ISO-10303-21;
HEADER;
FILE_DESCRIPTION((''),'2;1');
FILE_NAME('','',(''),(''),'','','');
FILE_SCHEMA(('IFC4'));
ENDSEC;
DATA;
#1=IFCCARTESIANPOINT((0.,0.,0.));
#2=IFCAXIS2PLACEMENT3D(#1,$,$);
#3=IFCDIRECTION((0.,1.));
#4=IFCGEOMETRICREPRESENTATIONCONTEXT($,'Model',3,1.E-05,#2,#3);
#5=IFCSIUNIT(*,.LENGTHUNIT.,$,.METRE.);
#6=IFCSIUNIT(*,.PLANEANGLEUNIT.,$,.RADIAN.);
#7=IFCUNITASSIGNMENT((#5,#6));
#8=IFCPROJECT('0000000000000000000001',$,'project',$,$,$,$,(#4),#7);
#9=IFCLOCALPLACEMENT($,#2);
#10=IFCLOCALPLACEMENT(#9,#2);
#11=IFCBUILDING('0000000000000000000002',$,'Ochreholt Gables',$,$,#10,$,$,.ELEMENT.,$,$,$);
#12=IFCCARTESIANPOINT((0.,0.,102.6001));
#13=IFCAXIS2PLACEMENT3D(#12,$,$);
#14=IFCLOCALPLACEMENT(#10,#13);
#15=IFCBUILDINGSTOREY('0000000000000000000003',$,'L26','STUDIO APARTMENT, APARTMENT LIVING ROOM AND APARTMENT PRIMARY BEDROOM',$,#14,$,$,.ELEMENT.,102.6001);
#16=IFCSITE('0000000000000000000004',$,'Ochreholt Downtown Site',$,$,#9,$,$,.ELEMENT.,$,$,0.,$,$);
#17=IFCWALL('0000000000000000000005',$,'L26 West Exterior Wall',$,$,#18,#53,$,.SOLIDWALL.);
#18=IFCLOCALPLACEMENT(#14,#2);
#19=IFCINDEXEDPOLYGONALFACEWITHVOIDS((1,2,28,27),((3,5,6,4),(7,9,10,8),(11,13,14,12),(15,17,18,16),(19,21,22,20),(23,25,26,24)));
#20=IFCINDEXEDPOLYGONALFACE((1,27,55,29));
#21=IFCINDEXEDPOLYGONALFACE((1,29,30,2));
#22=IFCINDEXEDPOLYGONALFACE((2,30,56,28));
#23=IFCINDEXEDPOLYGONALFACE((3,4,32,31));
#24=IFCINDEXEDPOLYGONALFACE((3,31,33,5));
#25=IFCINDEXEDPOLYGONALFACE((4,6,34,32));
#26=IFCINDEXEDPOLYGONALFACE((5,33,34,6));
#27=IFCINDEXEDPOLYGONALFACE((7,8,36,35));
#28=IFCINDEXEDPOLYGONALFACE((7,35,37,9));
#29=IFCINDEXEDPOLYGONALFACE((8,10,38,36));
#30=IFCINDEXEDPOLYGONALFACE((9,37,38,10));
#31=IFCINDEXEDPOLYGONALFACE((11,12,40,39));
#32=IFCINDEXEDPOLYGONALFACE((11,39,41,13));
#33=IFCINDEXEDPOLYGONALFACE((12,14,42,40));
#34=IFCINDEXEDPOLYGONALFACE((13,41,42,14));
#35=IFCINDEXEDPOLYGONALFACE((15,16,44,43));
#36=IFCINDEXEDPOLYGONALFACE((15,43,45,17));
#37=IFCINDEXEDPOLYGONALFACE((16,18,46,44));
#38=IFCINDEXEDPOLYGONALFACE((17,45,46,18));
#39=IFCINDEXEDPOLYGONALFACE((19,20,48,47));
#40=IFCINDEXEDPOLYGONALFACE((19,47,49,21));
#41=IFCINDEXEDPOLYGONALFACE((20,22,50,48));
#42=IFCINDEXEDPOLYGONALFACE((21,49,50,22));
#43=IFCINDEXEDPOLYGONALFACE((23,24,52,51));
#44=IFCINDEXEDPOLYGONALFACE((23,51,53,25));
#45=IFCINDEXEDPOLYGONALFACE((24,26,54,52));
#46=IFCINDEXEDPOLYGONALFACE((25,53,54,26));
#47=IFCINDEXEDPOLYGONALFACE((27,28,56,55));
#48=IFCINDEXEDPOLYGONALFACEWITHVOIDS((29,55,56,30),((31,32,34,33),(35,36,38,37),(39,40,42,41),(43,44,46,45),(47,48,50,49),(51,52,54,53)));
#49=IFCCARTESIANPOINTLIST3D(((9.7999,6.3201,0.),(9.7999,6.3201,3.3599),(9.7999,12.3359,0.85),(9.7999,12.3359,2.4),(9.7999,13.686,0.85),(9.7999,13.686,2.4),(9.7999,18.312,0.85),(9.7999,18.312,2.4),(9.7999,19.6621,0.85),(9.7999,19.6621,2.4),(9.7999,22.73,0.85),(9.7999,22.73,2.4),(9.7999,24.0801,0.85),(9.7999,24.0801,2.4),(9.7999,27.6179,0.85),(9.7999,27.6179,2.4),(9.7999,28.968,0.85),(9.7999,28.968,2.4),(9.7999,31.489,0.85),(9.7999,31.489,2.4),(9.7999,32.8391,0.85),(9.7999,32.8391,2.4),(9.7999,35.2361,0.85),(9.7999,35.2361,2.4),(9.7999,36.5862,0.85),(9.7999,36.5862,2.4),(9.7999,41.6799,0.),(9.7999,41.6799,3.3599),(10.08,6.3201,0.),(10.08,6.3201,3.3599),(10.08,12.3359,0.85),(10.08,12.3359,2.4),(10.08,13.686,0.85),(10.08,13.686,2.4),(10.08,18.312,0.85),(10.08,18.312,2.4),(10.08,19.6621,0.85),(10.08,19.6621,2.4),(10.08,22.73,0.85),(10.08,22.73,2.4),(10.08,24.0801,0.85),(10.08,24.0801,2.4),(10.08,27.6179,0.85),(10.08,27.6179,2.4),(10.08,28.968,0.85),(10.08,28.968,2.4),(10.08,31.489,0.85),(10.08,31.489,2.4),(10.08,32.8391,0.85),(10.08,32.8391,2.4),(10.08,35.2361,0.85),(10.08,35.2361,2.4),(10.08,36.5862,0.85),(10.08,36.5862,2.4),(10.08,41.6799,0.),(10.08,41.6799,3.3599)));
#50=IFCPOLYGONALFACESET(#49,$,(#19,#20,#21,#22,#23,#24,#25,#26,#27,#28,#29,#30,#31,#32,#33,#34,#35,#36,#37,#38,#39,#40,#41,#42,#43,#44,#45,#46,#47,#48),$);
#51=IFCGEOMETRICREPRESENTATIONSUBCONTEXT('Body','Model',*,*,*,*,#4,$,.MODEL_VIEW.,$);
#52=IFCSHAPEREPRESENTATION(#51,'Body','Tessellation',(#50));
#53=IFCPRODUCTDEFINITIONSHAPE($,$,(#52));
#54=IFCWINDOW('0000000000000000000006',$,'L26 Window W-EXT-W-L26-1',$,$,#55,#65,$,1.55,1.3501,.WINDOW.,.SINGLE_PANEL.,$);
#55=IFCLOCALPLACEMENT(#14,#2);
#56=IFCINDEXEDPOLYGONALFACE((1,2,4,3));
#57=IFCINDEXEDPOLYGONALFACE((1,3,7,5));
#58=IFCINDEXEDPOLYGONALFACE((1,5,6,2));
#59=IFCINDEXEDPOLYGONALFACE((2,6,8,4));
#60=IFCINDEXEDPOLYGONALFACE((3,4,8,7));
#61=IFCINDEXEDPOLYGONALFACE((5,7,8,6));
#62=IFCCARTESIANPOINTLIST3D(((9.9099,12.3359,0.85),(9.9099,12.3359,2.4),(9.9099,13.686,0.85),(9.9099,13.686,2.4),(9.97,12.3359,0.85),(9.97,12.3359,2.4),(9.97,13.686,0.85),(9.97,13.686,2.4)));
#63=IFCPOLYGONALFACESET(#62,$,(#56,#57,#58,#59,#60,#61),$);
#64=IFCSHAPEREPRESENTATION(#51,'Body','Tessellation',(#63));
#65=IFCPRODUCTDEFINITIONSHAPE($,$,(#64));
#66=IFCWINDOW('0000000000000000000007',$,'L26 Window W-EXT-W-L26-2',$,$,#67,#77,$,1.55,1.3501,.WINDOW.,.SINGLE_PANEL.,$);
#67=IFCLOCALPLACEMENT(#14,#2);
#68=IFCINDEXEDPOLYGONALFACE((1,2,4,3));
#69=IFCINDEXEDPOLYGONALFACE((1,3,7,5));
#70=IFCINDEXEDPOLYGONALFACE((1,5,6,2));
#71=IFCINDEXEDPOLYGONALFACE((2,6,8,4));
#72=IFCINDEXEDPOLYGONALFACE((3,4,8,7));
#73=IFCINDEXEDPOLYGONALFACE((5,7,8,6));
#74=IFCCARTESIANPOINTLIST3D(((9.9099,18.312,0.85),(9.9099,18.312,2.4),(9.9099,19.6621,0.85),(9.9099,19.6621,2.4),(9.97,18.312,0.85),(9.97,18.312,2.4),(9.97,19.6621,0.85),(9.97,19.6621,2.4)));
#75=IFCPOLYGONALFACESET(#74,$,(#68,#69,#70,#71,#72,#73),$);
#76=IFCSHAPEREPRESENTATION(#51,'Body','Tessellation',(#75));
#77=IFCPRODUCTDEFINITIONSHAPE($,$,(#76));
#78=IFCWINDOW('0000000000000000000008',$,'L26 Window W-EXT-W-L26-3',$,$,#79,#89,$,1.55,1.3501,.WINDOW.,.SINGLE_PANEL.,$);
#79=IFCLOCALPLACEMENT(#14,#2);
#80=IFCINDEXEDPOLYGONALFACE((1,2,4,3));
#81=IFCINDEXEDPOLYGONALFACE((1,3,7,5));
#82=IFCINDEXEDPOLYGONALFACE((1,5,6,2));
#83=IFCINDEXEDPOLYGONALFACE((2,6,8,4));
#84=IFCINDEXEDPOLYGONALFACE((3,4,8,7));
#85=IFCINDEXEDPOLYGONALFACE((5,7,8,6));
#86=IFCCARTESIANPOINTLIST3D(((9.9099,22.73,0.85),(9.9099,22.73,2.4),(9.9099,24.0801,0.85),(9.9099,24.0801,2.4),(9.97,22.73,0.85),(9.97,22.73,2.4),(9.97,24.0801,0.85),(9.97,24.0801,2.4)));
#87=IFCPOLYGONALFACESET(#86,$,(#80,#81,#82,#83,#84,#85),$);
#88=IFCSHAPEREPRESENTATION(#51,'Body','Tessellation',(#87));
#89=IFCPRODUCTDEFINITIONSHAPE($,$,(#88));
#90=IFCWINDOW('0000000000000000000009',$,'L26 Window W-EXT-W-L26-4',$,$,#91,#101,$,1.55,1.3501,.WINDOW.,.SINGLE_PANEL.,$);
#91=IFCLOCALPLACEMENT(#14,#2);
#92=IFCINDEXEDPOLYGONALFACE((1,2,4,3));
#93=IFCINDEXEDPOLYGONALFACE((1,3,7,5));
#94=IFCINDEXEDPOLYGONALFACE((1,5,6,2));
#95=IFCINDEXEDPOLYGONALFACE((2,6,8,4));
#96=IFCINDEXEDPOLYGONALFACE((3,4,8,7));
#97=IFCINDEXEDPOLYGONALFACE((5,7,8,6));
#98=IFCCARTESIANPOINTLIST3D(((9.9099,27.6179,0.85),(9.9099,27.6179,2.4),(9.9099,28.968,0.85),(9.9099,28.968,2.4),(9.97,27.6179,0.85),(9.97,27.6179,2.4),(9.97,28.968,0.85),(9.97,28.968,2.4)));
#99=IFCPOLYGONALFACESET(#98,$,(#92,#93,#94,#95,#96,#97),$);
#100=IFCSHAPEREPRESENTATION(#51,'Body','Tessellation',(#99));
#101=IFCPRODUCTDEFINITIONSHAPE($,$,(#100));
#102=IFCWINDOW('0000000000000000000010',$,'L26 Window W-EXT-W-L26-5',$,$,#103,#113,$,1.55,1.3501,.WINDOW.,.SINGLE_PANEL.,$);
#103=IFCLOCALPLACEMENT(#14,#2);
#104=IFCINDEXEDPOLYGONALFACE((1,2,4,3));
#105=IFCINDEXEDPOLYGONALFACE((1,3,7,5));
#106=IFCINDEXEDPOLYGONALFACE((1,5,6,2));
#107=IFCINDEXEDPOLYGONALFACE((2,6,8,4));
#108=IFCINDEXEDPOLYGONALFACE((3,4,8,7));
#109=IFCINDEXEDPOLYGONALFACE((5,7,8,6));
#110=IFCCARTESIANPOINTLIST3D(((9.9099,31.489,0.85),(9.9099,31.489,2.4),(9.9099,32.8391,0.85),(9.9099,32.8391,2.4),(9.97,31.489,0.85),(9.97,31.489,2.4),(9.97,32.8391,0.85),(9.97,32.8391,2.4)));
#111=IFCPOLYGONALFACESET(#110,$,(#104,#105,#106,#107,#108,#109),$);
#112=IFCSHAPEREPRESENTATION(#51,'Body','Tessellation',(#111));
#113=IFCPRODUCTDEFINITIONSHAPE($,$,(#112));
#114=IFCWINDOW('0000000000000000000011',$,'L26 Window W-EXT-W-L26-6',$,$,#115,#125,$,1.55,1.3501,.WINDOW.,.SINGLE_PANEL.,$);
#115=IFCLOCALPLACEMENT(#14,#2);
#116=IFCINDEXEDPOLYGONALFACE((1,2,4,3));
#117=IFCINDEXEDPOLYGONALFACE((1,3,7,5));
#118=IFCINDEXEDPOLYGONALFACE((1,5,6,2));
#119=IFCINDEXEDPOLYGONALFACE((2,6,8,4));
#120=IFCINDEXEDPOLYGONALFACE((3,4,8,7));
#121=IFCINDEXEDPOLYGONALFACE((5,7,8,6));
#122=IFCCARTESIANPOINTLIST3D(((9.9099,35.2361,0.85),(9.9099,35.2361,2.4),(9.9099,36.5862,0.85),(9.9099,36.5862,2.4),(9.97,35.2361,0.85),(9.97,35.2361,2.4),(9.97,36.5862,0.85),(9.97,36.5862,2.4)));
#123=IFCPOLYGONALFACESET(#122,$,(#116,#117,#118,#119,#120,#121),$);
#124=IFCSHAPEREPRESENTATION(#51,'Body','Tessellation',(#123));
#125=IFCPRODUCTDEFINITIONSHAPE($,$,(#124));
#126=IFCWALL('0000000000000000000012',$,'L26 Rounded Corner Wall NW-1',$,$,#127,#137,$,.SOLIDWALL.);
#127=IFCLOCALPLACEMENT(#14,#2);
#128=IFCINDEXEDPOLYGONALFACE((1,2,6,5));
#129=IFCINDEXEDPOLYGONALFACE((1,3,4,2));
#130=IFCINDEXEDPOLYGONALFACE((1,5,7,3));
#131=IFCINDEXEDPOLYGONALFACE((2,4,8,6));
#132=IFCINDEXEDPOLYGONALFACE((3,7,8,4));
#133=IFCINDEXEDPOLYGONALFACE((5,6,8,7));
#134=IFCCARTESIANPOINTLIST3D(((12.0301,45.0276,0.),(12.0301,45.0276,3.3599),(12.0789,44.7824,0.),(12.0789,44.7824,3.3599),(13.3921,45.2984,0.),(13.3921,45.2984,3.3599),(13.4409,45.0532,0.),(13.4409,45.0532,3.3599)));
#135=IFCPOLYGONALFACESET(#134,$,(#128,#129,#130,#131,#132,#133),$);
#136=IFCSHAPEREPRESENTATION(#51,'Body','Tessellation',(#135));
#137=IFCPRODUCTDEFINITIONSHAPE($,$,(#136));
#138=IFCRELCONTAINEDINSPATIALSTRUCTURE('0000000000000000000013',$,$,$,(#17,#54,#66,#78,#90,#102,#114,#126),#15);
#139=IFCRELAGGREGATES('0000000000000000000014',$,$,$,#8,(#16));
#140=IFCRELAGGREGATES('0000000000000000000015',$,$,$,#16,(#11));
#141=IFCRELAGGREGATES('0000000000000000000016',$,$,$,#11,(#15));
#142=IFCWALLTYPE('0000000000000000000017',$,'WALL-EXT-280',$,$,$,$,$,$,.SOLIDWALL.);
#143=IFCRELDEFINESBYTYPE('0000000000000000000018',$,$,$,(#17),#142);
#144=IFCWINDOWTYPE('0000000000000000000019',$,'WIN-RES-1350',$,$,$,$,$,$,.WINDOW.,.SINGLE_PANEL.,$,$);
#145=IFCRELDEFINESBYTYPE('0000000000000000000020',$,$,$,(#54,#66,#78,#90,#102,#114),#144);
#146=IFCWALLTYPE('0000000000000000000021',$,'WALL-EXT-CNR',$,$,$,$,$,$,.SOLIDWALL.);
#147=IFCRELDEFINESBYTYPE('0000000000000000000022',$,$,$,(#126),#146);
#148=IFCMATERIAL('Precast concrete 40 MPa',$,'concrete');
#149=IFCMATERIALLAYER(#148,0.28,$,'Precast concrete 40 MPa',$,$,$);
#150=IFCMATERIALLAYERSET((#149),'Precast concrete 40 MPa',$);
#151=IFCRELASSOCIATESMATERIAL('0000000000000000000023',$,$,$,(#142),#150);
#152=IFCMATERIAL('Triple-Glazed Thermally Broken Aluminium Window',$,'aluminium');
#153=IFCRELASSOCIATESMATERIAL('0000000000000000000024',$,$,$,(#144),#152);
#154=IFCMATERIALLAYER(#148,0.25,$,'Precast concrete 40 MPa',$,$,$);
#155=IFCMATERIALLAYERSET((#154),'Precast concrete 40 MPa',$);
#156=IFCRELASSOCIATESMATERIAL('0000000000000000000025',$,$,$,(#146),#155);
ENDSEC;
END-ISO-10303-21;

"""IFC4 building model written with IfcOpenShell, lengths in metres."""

from ifc_helpers import new_model, si_unit, direction, frame, frame_2d, origin, place, context, subcontext, project, spatial, rectangle, extrude, material, layer, layer_set, type_object, element, fill, save


model = new_model("IFC4")

# Units and contexts
model_context = context("Model", 3, precision=1e-05, world=origin(), true_north=direction((0.0, 1.0)))
body_context = subcontext(model_context, "Body", "Model", "MODEL_VIEW")
ifc_project = project(units=[si_unit("LENGTHUNIT", "METRE"), si_unit("PLANEANGLEUNIT", "RADIAN")], contexts=[model_context])

# Site, building, storey
site_placement = place(None, origin())
site = spatial("IfcSite", under=ifc_project, at=site_placement, Name="Ochreholt Downtown Site", CompositionType="ELEMENT", RefElevation=0.0)
building_placement = place(site_placement, origin())
building = spatial("IfcBuilding", under=site, at=building_placement, Name="Ochreholt Gables", CompositionType="ELEMENT")
storey_placement = place(building_placement, frame((0.0, 0.0, 102.6001)))
storey = spatial("IfcBuildingStorey", under=building, at=storey_placement, Name="L26", Description="STUDIO APARTMENT, APARTMENT LIVING ROOM AND APARTMENT PRIMARY BEDROOM", CompositionType="ELEMENT", Elevation=102.6001)

# Wall, openings, windows
ifc_material_1 = material(Name="Precast concrete 40 MPa", Category="concrete")
ifc_layer_1 = layer(ifc_material_1, 0.28, Name="Precast concrete 40 MPa")
ifc_layer_set_1 = layer_set([ifc_layer_1], Name="Precast concrete 40 MPa")
wall_type_1 = type_object("IfcWallType", Name="WALL-EXT-280", PredefinedType="SOLIDWALL", material=ifc_layer_set_1)
wall_1_placement = place(storey_placement, frame((9.9399, 41.6799, 0.0), z_axis=(0.0, 0.0, 1.0), x_axis=(0.0, -1.0, 0.0)))
wall_1 = element("IfcWall", 1, at=wall_1_placement, inside=storey, type_object=wall_type_1, Name="L26 West Exterior Wall", PredefinedType="SOLIDWALL", context=body_context, shape_type="SweptSolid", body=[
    extrude(rectangle(XDim=35.3599, YDim=0.28, at=frame_2d((17.6799, 0.0))), origin(), (0.0, 0.0, 1.0), 3.3599),
])
opening_1_placement = place(wall_1_placement, frame((27.9939, 0.0, 0.8501)))
opening_1 = element("IfcOpeningElement", 2, at=opening_1_placement, cuts=wall_1, PredefinedType="OPENING", context=body_context, shape_type="SweptSolid", body=[
    extrude(rectangle(XDim=1.3501, YDim=1.55, at=frame_2d((0.675, 0.7749))), frame((0.0, 0.1499, 0.0), z_axis=(0.0, -1.0, 0.0), x_axis=(1.0, 0.0, 0.0)), (0.0, 0.0, 1.0), 0.3),
])
opening_2_placement = place(wall_1_placement, frame((22.0178, 0.0, 0.8501)))
opening_2 = element("IfcOpeningElement", 3, at=opening_2_placement, cuts=wall_1, PredefinedType="OPENING", context=body_context, shape_type="SweptSolid", body=[
    extrude(rectangle(XDim=1.3501, YDim=1.55, at=frame_2d((0.675, 0.7749))), frame((0.0, 0.1499, 0.0), z_axis=(0.0, -1.0, 0.0), x_axis=(1.0, 0.0, 0.0)), (0.0, 0.0, 1.0), 0.3),
])
opening_3_placement = place(wall_1_placement, frame((17.5999, 0.0, 0.8501)))
opening_3 = element("IfcOpeningElement", 4, at=opening_3_placement, cuts=wall_1, PredefinedType="OPENING", context=body_context, shape_type="SweptSolid", body=[
    extrude(rectangle(XDim=1.3501, YDim=1.55, at=frame_2d((0.675, 0.7749))), frame((0.0, 0.1499, 0.0), z_axis=(0.0, -1.0, 0.0), x_axis=(1.0, 0.0, 0.0)), (0.0, 0.0, 1.0), 0.3),
])
opening_4_placement = place(wall_1_placement, frame((12.7119, 0.0, 0.8501)))
opening_4 = element("IfcOpeningElement", 5, at=opening_4_placement, cuts=wall_1, PredefinedType="OPENING", context=body_context, shape_type="SweptSolid", body=[
    extrude(rectangle(XDim=1.3501, YDim=1.55, at=frame_2d((0.675, 0.7749))), frame((0.0, 0.1499, 0.0), z_axis=(0.0, -1.0, 0.0), x_axis=(1.0, 0.0, 0.0)), (0.0, 0.0, 1.0), 0.3),
])
opening_5_placement = place(wall_1_placement, frame((8.8408, 0.0, 0.8501)))
opening_5 = element("IfcOpeningElement", 6, at=opening_5_placement, cuts=wall_1, PredefinedType="OPENING", context=body_context, shape_type="SweptSolid", body=[
    extrude(rectangle(XDim=1.3501, YDim=1.55, at=frame_2d((0.675, 0.7749))), frame((0.0, 0.1499, 0.0), z_axis=(0.0, -1.0, 0.0), x_axis=(1.0, 0.0, 0.0)), (0.0, 0.0, 1.0), 0.3),
])
opening_6_placement = place(wall_1_placement, frame((5.0938, 0.0, 0.8501)))
opening_6 = element("IfcOpeningElement", 7, at=opening_6_placement, cuts=wall_1, PredefinedType="OPENING", context=body_context, shape_type="SweptSolid", body=[
    extrude(rectangle(XDim=1.3501, YDim=1.55, at=frame_2d((0.675, 0.7749))), frame((0.0, 0.1499, 0.0), z_axis=(0.0, -1.0, 0.0), x_axis=(1.0, 0.0, 0.0)), (0.0, 0.0, 1.0), 0.3),
])
ifc_material_2 = material(Name="Triple-Glazed Thermally Broken Aluminium Window", Category="aluminium")
window_type_1 = type_object("IfcWindowType", Name="WIN-RES-1350", PartitioningType="SINGLE_PANEL", PredefinedType="WINDOW", material=ifc_material_2)
window_1_placement = place(opening_1_placement, origin())
window_1 = element("IfcWindow", 8, at=window_1_placement, inside=storey, type_object=window_type_1, Name="L26 Window W-EXT-W-L26-1", OverallHeight=1.55, OverallWidth=1.3501, PartitioningType="SINGLE_PANEL", PredefinedType="WINDOW", context=body_context, shape_type="SweptSolid", body=[
    extrude(rectangle(XDim=1.3501, YDim=1.55, at=frame_2d((0.675, 0.7749))), frame((0.0, 0.03, 0.0), z_axis=(0.0, -1.0, 0.0), x_axis=(1.0, 0.0, 0.0)), (0.0, 0.0, 1.0), 0.0601),
])
fill(opening_1, window_1)
window_2_placement = place(opening_2_placement, origin())
window_2 = element("IfcWindow", 9, at=window_2_placement, inside=storey, type_object=window_type_1, Name="L26 Window W-EXT-W-L26-2", OverallHeight=1.55, OverallWidth=1.3501, PartitioningType="SINGLE_PANEL", PredefinedType="WINDOW", context=body_context, shape_type="SweptSolid", body=[
    extrude(rectangle(XDim=1.3501, YDim=1.55, at=frame_2d((0.675, 0.7749))), frame((0.0, 0.03, 0.0), z_axis=(0.0, -1.0, 0.0), x_axis=(1.0, 0.0, 0.0)), (0.0, 0.0, 1.0), 0.0601),
])
fill(opening_2, window_2)
window_3_placement = place(opening_3_placement, origin())
window_3 = element("IfcWindow", 10, at=window_3_placement, inside=storey, type_object=window_type_1, Name="L26 Window W-EXT-W-L26-3", OverallHeight=1.55, OverallWidth=1.3501, PartitioningType="SINGLE_PANEL", PredefinedType="WINDOW", context=body_context, shape_type="SweptSolid", body=[
    extrude(rectangle(XDim=1.3501, YDim=1.55, at=frame_2d((0.675, 0.7749))), frame((0.0, 0.03, 0.0), z_axis=(0.0, -1.0, 0.0), x_axis=(1.0, 0.0, 0.0)), (0.0, 0.0, 1.0), 0.0601),
])
fill(opening_3, window_3)
window_4_placement = place(opening_4_placement, origin())
window_4 = element("IfcWindow", 11, at=window_4_placement, inside=storey, type_object=window_type_1, Name="L26 Window W-EXT-W-L26-4", OverallHeight=1.55, OverallWidth=1.3501, PartitioningType="SINGLE_PANEL", PredefinedType="WINDOW", context=body_context, shape_type="SweptSolid", body=[
    extrude(rectangle(XDim=1.3501, YDim=1.55, at=frame_2d((0.675, 0.7749))), frame((0.0, 0.03, 0.0), z_axis=(0.0, -1.0, 0.0), x_axis=(1.0, 0.0, 0.0)), (0.0, 0.0, 1.0), 0.0601),
])
fill(opening_4, window_4)
window_5_placement = place(opening_5_placement, origin())
window_5 = element("IfcWindow", 12, at=window_5_placement, inside=storey, type_object=window_type_1, Name="L26 Window W-EXT-W-L26-5", OverallHeight=1.55, OverallWidth=1.3501, PartitioningType="SINGLE_PANEL", PredefinedType="WINDOW", context=body_context, shape_type="SweptSolid", body=[
    extrude(rectangle(XDim=1.3501, YDim=1.55, at=frame_2d((0.675, 0.7749))), frame((0.0, 0.03, 0.0), z_axis=(0.0, -1.0, 0.0), x_axis=(1.0, 0.0, 0.0)), (0.0, 0.0, 1.0), 0.0601),
])
fill(opening_5, window_5)
window_6_placement = place(opening_6_placement, origin())
window_6 = element("IfcWindow", 13, at=window_6_placement, inside=storey, type_object=window_type_1, Name="L26 Window W-EXT-W-L26-6", OverallHeight=1.55, OverallWidth=1.3501, PartitioningType="SINGLE_PANEL", PredefinedType="WINDOW", context=body_context, shape_type="SweptSolid", body=[
    extrude(rectangle(XDim=1.3501, YDim=1.55, at=frame_2d((0.675, 0.7749))), frame((0.0, 0.03, 0.0), z_axis=(0.0, -1.0, 0.0), x_axis=(1.0, 0.0, 0.0)), (0.0, 0.0, 1.0), 0.0601),
])
fill(opening_6, window_6)

# Wall
ifc_layer_2 = layer(ifc_material_1, 0.25, Name="Precast concrete 40 MPa")
ifc_layer_set_2 = layer_set([ifc_layer_2], Name="Precast concrete 40 MPa")
wall_type_2 = type_object("IfcWallType", Name="WALL-EXT-CNR", PredefinedType="SOLIDWALL", material=ifc_layer_set_2)
wall_2_placement = place(storey_placement, frame((13.4165, 45.1758, 0.0), z_axis=(0.0, 0.0, 1.0), x_axis=(-0.98081, -0.194967, 0.0)))
element("IfcWall", 14, at=wall_2_placement, inside=storey, type_object=wall_type_2, Name="L26 Rounded Corner Wall NW-1", PredefinedType="SOLIDWALL", context=body_context, shape_type="SweptSolid", body=[
    extrude(rectangle(XDim=1.3887, YDim=0.25, at=frame_2d((0.6943, 0.0))), origin(), (0.0, 0.0, 1.0), 3.3599),
])

save(model, "model.ifc")
